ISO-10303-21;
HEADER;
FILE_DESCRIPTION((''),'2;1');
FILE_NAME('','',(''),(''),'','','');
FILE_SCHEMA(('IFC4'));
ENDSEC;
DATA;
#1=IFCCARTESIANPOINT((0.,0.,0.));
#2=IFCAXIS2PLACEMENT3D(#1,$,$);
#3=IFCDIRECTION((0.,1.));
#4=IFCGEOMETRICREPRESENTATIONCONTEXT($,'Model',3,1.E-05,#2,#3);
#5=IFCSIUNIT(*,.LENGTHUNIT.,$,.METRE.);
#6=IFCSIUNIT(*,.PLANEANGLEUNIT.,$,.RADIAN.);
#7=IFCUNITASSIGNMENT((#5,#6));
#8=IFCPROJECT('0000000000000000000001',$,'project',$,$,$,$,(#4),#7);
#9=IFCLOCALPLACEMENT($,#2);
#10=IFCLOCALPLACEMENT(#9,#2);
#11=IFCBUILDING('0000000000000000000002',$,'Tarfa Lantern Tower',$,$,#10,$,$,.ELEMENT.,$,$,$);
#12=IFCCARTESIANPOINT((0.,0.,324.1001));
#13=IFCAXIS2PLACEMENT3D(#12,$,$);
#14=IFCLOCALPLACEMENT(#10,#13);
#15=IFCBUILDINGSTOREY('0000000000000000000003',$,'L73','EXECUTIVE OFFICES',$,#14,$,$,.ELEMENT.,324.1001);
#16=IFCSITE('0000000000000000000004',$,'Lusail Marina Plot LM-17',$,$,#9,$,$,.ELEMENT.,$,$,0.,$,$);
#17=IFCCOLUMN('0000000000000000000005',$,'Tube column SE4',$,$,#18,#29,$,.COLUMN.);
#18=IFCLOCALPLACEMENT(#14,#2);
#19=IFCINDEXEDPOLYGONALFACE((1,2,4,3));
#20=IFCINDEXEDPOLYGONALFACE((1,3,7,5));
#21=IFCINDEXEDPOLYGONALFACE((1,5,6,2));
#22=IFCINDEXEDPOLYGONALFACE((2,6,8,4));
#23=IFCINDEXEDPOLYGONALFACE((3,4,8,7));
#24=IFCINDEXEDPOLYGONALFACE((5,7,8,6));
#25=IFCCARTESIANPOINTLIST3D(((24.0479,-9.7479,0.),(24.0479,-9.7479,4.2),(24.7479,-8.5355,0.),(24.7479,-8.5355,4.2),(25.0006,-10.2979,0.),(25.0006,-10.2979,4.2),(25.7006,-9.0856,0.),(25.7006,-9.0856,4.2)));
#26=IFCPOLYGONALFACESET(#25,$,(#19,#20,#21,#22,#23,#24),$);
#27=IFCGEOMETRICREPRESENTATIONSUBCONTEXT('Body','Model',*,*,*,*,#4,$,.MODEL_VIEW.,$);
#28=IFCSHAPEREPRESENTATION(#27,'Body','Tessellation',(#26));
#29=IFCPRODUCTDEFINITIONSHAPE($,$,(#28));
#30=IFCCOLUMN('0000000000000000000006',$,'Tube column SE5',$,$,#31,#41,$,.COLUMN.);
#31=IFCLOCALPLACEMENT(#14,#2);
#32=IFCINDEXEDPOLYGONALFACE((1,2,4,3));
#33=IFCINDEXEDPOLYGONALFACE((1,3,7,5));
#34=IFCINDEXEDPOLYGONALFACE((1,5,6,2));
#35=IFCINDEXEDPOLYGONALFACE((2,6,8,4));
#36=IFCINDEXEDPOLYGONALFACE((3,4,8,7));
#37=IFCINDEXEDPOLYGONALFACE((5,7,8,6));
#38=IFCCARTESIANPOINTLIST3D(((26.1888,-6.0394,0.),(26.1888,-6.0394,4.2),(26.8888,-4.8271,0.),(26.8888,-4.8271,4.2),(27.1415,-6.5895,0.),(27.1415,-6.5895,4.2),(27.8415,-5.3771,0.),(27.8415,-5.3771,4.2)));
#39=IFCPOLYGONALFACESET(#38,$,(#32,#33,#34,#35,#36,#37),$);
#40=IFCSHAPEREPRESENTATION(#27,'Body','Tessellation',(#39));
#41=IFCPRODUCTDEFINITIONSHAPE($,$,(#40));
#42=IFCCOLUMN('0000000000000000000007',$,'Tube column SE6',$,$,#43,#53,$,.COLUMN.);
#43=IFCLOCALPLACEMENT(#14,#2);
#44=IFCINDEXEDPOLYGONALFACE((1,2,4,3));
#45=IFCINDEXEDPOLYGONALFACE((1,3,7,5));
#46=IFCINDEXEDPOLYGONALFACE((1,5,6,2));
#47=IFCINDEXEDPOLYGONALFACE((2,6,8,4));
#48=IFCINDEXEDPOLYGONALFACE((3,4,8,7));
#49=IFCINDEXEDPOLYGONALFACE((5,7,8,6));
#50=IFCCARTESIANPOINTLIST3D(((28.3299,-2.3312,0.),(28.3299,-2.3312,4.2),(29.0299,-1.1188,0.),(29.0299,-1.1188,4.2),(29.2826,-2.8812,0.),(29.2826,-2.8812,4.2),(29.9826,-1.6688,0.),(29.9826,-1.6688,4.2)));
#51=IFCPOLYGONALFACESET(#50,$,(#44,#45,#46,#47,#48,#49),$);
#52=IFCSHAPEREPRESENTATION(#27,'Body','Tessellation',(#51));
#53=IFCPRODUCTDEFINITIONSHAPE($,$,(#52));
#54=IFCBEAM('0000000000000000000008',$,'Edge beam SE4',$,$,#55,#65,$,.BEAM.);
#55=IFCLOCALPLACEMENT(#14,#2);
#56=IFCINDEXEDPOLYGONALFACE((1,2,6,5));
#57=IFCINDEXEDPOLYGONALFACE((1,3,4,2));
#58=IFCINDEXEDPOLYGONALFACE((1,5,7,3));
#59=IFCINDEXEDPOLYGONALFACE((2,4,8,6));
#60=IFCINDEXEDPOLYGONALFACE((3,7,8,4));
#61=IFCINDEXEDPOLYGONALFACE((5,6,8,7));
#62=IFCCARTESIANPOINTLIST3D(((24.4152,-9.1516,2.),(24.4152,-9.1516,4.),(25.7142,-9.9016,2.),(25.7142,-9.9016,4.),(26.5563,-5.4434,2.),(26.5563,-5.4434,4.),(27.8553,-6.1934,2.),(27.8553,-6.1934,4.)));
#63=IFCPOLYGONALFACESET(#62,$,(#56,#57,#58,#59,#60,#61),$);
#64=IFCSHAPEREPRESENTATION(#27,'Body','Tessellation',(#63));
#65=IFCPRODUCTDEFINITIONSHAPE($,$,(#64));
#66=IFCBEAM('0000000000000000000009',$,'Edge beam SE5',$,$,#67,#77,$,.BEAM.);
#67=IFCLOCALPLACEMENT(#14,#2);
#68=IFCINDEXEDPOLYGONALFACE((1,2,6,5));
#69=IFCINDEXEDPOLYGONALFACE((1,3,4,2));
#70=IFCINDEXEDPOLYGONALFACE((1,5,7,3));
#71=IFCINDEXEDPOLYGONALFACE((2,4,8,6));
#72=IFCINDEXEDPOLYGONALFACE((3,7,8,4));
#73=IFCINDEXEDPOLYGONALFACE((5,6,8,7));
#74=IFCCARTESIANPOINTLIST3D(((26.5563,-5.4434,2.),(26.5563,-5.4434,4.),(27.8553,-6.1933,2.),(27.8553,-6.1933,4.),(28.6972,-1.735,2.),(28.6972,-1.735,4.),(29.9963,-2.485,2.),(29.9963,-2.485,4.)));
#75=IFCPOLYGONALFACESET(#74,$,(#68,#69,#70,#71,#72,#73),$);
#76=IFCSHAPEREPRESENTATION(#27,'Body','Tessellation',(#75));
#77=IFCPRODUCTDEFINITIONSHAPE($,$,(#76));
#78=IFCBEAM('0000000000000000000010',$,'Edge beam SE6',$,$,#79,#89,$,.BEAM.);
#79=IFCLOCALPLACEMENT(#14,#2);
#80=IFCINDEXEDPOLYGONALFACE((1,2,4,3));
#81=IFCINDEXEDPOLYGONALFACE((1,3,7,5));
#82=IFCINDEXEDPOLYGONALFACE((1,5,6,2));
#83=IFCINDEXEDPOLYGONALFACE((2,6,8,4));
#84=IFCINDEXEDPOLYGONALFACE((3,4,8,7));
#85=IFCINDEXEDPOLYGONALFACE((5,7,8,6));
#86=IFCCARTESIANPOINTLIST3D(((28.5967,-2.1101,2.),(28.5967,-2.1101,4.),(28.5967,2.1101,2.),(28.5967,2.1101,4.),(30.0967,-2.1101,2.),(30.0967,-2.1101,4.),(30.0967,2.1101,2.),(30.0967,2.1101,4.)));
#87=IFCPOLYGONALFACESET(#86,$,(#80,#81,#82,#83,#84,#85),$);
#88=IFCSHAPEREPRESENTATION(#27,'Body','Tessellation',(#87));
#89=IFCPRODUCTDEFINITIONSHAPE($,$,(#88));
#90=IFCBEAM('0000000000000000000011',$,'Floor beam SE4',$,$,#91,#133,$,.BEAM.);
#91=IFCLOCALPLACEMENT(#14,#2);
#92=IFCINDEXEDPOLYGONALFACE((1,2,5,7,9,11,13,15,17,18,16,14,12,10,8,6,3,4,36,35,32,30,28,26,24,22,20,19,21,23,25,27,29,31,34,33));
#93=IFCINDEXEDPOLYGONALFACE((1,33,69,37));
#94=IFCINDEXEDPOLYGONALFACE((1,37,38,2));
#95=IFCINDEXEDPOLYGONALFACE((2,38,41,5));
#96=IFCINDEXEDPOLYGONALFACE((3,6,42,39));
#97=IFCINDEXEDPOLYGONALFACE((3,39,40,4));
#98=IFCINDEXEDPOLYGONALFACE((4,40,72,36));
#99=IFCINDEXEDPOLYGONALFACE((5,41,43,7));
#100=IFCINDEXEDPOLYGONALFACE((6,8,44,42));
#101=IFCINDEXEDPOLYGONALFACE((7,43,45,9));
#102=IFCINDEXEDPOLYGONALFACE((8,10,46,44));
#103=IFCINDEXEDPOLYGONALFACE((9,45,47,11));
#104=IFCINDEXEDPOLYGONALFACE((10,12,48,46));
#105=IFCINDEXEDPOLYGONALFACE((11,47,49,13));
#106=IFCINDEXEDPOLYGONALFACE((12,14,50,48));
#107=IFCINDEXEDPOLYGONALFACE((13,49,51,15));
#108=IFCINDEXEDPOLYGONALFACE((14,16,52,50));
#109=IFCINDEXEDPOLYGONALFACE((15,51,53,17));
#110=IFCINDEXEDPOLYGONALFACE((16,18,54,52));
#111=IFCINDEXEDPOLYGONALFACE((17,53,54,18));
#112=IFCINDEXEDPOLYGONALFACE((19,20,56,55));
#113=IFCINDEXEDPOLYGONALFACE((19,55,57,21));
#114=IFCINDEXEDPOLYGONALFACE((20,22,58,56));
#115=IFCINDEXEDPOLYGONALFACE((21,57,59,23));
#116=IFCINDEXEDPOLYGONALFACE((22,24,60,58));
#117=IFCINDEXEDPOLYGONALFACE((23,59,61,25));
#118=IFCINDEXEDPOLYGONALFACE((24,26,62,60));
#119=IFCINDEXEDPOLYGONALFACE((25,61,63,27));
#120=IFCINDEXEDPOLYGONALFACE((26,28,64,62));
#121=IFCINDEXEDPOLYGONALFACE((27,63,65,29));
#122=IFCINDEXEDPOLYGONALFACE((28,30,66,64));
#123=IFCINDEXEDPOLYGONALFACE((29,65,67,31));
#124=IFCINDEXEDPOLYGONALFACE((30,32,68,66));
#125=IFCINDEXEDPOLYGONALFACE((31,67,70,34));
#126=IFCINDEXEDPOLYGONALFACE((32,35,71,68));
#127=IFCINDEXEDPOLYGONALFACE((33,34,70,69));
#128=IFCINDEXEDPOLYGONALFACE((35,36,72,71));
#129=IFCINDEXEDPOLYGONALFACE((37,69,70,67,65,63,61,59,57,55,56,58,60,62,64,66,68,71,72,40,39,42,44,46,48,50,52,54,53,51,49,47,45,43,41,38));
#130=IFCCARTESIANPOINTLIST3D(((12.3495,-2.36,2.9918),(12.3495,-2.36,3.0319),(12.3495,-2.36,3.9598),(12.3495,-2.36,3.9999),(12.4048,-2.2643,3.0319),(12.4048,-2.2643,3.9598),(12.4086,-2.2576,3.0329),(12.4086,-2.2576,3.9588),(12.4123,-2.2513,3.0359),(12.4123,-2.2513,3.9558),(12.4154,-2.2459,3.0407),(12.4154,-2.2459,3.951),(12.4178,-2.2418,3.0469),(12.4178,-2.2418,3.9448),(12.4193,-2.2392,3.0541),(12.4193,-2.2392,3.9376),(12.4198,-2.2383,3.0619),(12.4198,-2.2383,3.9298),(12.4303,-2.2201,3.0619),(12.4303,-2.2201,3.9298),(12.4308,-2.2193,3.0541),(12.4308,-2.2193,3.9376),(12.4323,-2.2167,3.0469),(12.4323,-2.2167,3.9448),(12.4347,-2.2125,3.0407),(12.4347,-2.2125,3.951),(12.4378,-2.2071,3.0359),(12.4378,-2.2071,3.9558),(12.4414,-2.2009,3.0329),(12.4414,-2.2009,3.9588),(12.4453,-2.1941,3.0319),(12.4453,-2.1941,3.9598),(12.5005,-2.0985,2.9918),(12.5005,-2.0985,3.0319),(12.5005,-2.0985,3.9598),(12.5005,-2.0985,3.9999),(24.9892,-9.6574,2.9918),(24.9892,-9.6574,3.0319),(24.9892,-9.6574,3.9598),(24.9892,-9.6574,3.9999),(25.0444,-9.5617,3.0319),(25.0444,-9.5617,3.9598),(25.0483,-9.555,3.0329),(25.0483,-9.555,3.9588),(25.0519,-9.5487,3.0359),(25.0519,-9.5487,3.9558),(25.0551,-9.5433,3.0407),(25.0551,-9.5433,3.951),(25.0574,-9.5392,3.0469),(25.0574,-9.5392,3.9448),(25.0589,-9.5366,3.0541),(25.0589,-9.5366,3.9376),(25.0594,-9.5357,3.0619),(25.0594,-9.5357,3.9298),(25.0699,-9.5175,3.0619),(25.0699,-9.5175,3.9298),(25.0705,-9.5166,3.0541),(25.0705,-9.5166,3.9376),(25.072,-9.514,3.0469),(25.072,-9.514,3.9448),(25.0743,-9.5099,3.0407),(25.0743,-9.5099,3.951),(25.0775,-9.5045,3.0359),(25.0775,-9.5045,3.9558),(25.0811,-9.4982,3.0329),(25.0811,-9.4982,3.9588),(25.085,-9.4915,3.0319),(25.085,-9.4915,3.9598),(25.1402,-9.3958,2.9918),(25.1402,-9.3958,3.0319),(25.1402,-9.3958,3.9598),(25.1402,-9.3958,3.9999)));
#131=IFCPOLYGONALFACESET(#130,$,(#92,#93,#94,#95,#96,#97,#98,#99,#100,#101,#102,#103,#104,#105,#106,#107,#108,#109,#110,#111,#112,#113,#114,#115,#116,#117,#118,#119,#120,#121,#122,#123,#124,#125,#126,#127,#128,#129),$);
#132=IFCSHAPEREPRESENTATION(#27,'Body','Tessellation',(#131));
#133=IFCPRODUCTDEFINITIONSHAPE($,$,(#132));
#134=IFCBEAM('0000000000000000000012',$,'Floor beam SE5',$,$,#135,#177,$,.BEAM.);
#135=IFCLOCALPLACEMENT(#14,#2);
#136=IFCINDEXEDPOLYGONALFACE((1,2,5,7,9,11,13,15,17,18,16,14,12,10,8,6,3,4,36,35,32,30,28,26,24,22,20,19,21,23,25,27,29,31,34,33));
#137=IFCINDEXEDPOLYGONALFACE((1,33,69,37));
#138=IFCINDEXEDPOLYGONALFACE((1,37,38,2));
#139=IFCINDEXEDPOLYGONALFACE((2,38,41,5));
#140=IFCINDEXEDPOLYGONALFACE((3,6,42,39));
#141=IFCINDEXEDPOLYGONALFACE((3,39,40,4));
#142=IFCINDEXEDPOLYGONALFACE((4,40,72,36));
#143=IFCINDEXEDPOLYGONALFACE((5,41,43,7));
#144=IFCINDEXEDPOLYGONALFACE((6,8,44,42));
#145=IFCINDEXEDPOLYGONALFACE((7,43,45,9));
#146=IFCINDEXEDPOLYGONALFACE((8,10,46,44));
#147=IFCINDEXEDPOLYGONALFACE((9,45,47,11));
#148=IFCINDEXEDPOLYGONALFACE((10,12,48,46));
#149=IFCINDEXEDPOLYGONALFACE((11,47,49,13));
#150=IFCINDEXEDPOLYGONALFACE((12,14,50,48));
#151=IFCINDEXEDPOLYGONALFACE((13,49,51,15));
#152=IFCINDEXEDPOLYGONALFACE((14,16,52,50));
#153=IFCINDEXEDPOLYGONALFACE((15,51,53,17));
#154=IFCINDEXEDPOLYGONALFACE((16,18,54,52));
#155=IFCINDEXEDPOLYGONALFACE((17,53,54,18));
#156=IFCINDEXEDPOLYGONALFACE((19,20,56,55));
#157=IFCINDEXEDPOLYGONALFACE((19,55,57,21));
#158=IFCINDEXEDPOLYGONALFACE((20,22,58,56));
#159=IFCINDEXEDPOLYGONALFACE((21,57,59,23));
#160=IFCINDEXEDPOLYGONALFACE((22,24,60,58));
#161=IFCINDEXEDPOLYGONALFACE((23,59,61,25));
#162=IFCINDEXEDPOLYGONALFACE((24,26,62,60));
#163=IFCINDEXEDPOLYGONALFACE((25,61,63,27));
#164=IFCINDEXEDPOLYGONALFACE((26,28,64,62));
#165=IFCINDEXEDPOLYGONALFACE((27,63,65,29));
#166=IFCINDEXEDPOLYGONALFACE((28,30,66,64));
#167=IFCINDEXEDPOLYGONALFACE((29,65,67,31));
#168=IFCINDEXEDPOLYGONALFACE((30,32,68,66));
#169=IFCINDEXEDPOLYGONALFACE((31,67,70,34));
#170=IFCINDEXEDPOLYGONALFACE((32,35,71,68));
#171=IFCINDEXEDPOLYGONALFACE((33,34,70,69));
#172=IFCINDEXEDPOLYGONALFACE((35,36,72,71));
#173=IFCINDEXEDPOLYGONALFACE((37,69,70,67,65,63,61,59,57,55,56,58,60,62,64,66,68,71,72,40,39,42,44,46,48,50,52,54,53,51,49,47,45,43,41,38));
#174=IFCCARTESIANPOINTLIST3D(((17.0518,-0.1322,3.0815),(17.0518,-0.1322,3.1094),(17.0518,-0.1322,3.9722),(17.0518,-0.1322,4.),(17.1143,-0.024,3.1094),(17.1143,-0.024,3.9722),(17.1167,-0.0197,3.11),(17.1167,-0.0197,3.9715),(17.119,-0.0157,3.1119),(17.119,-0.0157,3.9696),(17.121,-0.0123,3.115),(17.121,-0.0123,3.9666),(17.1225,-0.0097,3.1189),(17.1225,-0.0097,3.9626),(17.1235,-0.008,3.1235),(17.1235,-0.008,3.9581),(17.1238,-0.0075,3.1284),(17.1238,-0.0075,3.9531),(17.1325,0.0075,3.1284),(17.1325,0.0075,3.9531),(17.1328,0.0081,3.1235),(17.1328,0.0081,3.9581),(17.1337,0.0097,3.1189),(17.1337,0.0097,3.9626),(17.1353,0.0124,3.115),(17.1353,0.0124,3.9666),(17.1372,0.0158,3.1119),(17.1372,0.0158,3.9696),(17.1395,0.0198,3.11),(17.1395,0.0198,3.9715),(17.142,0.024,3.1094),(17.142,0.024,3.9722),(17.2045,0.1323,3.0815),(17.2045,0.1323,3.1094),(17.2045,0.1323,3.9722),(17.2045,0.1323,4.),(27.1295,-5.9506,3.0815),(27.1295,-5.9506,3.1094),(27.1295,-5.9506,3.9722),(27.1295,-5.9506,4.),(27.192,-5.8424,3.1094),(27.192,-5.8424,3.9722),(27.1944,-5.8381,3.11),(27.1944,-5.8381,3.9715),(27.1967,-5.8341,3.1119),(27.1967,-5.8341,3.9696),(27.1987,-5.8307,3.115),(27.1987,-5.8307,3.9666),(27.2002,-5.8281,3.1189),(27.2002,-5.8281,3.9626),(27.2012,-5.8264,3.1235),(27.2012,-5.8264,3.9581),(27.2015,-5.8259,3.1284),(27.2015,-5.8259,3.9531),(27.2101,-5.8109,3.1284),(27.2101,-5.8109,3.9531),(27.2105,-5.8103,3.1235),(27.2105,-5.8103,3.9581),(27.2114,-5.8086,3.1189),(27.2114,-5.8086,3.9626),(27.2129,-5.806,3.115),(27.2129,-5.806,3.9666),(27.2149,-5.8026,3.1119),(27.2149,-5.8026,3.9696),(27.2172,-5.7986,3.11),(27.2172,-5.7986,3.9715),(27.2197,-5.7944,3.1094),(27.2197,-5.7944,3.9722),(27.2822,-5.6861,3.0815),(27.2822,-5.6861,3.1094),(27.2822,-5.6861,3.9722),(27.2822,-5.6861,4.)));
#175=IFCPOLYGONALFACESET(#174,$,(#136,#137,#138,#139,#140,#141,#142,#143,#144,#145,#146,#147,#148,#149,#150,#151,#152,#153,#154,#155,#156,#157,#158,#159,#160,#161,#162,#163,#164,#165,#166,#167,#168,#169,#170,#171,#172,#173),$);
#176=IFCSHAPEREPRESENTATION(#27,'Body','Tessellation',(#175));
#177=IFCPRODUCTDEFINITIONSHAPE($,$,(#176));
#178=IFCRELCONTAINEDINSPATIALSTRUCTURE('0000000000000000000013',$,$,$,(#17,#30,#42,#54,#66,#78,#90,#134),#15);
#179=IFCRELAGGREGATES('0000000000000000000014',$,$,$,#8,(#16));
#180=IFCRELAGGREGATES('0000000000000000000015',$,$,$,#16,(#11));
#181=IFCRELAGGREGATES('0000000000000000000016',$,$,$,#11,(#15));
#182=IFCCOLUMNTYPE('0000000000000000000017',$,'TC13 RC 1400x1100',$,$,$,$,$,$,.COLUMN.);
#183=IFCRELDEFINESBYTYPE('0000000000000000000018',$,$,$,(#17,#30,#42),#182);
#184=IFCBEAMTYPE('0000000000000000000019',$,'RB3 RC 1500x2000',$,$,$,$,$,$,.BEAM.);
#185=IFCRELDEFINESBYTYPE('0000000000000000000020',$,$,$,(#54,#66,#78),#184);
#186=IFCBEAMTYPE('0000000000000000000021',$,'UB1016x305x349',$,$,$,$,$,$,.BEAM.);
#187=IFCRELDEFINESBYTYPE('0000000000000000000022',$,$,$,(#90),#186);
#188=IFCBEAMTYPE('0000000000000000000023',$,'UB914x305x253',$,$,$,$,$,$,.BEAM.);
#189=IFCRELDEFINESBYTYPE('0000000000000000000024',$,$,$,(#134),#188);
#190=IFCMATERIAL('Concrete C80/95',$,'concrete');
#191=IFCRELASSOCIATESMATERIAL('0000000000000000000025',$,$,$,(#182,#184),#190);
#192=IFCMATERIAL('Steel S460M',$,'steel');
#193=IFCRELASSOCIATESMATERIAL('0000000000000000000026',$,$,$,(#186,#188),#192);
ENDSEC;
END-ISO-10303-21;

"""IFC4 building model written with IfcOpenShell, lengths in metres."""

from ifc_helpers import new_model, si_unit, direction, frame, origin, origin_2d, place, context, subcontext, project, spatial, rectangle, i_section, extrude, material, material_profile, profile_set, type_object, element, save


model = new_model("IFC4")

# Units and contexts
model_context = context("Model", 3, precision=1e-05, world=origin(), true_north=direction((0.0, 1.0)))
body_context = subcontext(model_context, "Body", "Model", "MODEL_VIEW")
ifc_project = project(units=[si_unit("LENGTHUNIT", "METRE"), si_unit("PLANEANGLEUNIT", "RADIAN")], contexts=[model_context])

# Site, building, storey
site_placement = place(None, origin())
site = spatial("IfcSite", under=ifc_project, at=site_placement, Name="Lusail Marina Plot LM-17", CompositionType="ELEMENT", RefElevation=0.0)
building_placement = place(site_placement, origin())
building = spatial("IfcBuilding", under=site, at=building_placement, Name="Tarfa Lantern Tower", CompositionType="ELEMENT")
storey_placement = place(building_placement, frame((0.0, 0.0, 324.1001)))
storey = spatial("IfcBuildingStorey", under=building, at=storey_placement, Name="L73", Description="EXECUTIVE OFFICES", CompositionType="ELEMENT", Elevation=324.1001)

# Columns
ifc_material_1 = material(Name="Concrete C80/95", Category="concrete")
ifc_material_profile_1 = material_profile(ifc_material_1, rectangle(XDim=1.3999, YDim=1.1001, at=origin_2d()), Name="RC 1400x1100")
ifc_profile_set_1 = profile_set([ifc_material_profile_1], Name="Concrete C80/95")
column_type = type_object("IfcColumnType", Name="TC13 RC 1400x1100", PredefinedType="COLUMN", material=ifc_profile_set_1)
for number, where, z_axis, x_axis, name in (
    (1, (24.8743, -9.4167, 0.0), (0.0, 0.0, 1.0), (0.5, 0.866025, 0.0), "Tube column SE4"),
    (2, (27.0151, -5.7083, 0.0), (0.0, 0.0, 1.0), (0.5, 0.866025, 0.0), "Tube column SE5"),
    (3, (29.1562, -2.0, 0.0), (0.0, 0.0, 1.0), (0.5, 0.866025, 0.0), "Tube column SE6"),
):
    element("IfcColumn", number, at=place(storey_placement, frame(where, z_axis=z_axis, x_axis=x_axis)), inside=storey, type_object=column_type, Name=name, PredefinedType="COLUMN", context=body_context, shape_type="SweptSolid", body=[
        extrude(rectangle(XDim=1.3999, YDim=1.1001, at=origin_2d()), origin(), (0.0, 0.0, 1.0), 4.2),
    ])

# Beams
ifc_material_profile_2 = material_profile(ifc_material_1, rectangle(XDim=1.5, YDim=2.0, at=origin_2d()), Name="RC 1500x2000")
ifc_profile_set_2 = profile_set([ifc_material_profile_2], Name="Concrete C80/95")
beam_type_1 = type_object("IfcBeamType", Name="RB3 RC 1500x2000", PredefinedType="BEAM", material=ifc_profile_set_2)
for number, where, z_axis, x_axis, name in (
    (4, (25.0647, -9.5266, 3.0), (0.500027, 0.86601, 0.0), (-0.86601, 0.500027, 0.0), "Edge beam SE4"),
    (5, (27.2058, -5.8184, 3.0), (0.499984, 0.866035, 0.0), (-0.866035, 0.499984, 0.0), "Edge beam SE5"),
):
    element("IfcBeam", number, at=place(storey_placement, frame(where, z_axis=z_axis, x_axis=x_axis)), inside=storey, type_object=beam_type_1, Name=name, PredefinedType="BEAM", context=body_context, shape_type="SweptSolid", body=[
        extrude(rectangle(XDim=1.5, YDim=2.0, at=origin_2d()), origin(), (0.0, 0.0, 1.0), 4.282),
    ])
beam_1_placement = place(storey_placement, frame((29.3467, -2.1101, 3.0), z_axis=(0.0, 1.0, 0.0), x_axis=(-1.0, 0.0, 0.0)))
element("IfcBeam", 6, at=beam_1_placement, inside=storey, type_object=beam_type_1, Name="Edge beam SE6", PredefinedType="BEAM", context=body_context, shape_type="SweptSolid", body=[
    extrude(rectangle(XDim=1.5, YDim=2.0, at=origin_2d()), origin(), (0.0, 0.0, 1.0), 4.2202),
])
ifc_material_2 = material(Name="Steel S460M", Category="steel")
ifc_material_profile_3 = material_profile(ifc_material_2, i_section(OverallWidth=0.302, OverallDepth=1.0081, WebThickness=0.021, FlangeThickness=0.04, FilletRadius=0.03, at=origin_2d()), Name="UB1016x305x349")
ifc_profile_set_3 = profile_set([ifc_material_profile_3], Name="Steel S460M")
beam_type_2 = type_object("IfcBeamType", Name="UB1016x305x349", PredefinedType="BEAM", material=ifc_profile_set_3)
beam_2_placement = place(storey_placement, frame((25.0647, -9.5266, 3.4958), z_axis=(-0.86603, 0.499993, 0.0), x_axis=(-0.499993, -0.86603, 0.0)))
element("IfcBeam", 7, at=beam_2_placement, inside=storey, type_object=beam_type_2, Name="Floor beam SE4", PredefinedType="BEAM", context=body_context, shape_type="SweptSolid", body=[
    extrude(i_section(OverallWidth=0.302, OverallDepth=1.0081, WebThickness=0.021, FlangeThickness=0.04, FilletRadius=0.03, at=origin_2d()), origin(), (0.0, 0.0, 1.0), 14.595),
])
ifc_material_profile_4 = material_profile(ifc_material_2, i_section(OverallWidth=0.3054, OverallDepth=0.9185, WebThickness=0.0173, FlangeThickness=0.0278, FilletRadius=0.019, at=origin_2d()), Name="UB914x305x253")
ifc_profile_set_4 = profile_set([ifc_material_profile_4], Name="Steel S460M")
beam_type_3 = type_object("IfcBeamType", Name="UB914x305x253", PredefinedType="BEAM", material=ifc_profile_set_4)
beam_3_placement = place(storey_placement, frame((27.2058, -5.8184, 3.5408), z_axis=(-0.866024, 0.500002, 0.0), x_axis=(-0.500002, -0.866024, 0.0)))
element("IfcBeam", 8, at=beam_3_placement, inside=storey, type_object=beam_type_3, Name="Floor beam SE5", PredefinedType="BEAM", context=body_context, shape_type="SweptSolid", body=[
    extrude(i_section(OverallWidth=0.3054, OverallDepth=0.9185, WebThickness=0.0173, FlangeThickness=0.0278, FilletRadius=0.019, at=origin_2d()), origin(), (0.0, 0.0, 1.0), 11.6367),
])

save(model, "model.ifc")
